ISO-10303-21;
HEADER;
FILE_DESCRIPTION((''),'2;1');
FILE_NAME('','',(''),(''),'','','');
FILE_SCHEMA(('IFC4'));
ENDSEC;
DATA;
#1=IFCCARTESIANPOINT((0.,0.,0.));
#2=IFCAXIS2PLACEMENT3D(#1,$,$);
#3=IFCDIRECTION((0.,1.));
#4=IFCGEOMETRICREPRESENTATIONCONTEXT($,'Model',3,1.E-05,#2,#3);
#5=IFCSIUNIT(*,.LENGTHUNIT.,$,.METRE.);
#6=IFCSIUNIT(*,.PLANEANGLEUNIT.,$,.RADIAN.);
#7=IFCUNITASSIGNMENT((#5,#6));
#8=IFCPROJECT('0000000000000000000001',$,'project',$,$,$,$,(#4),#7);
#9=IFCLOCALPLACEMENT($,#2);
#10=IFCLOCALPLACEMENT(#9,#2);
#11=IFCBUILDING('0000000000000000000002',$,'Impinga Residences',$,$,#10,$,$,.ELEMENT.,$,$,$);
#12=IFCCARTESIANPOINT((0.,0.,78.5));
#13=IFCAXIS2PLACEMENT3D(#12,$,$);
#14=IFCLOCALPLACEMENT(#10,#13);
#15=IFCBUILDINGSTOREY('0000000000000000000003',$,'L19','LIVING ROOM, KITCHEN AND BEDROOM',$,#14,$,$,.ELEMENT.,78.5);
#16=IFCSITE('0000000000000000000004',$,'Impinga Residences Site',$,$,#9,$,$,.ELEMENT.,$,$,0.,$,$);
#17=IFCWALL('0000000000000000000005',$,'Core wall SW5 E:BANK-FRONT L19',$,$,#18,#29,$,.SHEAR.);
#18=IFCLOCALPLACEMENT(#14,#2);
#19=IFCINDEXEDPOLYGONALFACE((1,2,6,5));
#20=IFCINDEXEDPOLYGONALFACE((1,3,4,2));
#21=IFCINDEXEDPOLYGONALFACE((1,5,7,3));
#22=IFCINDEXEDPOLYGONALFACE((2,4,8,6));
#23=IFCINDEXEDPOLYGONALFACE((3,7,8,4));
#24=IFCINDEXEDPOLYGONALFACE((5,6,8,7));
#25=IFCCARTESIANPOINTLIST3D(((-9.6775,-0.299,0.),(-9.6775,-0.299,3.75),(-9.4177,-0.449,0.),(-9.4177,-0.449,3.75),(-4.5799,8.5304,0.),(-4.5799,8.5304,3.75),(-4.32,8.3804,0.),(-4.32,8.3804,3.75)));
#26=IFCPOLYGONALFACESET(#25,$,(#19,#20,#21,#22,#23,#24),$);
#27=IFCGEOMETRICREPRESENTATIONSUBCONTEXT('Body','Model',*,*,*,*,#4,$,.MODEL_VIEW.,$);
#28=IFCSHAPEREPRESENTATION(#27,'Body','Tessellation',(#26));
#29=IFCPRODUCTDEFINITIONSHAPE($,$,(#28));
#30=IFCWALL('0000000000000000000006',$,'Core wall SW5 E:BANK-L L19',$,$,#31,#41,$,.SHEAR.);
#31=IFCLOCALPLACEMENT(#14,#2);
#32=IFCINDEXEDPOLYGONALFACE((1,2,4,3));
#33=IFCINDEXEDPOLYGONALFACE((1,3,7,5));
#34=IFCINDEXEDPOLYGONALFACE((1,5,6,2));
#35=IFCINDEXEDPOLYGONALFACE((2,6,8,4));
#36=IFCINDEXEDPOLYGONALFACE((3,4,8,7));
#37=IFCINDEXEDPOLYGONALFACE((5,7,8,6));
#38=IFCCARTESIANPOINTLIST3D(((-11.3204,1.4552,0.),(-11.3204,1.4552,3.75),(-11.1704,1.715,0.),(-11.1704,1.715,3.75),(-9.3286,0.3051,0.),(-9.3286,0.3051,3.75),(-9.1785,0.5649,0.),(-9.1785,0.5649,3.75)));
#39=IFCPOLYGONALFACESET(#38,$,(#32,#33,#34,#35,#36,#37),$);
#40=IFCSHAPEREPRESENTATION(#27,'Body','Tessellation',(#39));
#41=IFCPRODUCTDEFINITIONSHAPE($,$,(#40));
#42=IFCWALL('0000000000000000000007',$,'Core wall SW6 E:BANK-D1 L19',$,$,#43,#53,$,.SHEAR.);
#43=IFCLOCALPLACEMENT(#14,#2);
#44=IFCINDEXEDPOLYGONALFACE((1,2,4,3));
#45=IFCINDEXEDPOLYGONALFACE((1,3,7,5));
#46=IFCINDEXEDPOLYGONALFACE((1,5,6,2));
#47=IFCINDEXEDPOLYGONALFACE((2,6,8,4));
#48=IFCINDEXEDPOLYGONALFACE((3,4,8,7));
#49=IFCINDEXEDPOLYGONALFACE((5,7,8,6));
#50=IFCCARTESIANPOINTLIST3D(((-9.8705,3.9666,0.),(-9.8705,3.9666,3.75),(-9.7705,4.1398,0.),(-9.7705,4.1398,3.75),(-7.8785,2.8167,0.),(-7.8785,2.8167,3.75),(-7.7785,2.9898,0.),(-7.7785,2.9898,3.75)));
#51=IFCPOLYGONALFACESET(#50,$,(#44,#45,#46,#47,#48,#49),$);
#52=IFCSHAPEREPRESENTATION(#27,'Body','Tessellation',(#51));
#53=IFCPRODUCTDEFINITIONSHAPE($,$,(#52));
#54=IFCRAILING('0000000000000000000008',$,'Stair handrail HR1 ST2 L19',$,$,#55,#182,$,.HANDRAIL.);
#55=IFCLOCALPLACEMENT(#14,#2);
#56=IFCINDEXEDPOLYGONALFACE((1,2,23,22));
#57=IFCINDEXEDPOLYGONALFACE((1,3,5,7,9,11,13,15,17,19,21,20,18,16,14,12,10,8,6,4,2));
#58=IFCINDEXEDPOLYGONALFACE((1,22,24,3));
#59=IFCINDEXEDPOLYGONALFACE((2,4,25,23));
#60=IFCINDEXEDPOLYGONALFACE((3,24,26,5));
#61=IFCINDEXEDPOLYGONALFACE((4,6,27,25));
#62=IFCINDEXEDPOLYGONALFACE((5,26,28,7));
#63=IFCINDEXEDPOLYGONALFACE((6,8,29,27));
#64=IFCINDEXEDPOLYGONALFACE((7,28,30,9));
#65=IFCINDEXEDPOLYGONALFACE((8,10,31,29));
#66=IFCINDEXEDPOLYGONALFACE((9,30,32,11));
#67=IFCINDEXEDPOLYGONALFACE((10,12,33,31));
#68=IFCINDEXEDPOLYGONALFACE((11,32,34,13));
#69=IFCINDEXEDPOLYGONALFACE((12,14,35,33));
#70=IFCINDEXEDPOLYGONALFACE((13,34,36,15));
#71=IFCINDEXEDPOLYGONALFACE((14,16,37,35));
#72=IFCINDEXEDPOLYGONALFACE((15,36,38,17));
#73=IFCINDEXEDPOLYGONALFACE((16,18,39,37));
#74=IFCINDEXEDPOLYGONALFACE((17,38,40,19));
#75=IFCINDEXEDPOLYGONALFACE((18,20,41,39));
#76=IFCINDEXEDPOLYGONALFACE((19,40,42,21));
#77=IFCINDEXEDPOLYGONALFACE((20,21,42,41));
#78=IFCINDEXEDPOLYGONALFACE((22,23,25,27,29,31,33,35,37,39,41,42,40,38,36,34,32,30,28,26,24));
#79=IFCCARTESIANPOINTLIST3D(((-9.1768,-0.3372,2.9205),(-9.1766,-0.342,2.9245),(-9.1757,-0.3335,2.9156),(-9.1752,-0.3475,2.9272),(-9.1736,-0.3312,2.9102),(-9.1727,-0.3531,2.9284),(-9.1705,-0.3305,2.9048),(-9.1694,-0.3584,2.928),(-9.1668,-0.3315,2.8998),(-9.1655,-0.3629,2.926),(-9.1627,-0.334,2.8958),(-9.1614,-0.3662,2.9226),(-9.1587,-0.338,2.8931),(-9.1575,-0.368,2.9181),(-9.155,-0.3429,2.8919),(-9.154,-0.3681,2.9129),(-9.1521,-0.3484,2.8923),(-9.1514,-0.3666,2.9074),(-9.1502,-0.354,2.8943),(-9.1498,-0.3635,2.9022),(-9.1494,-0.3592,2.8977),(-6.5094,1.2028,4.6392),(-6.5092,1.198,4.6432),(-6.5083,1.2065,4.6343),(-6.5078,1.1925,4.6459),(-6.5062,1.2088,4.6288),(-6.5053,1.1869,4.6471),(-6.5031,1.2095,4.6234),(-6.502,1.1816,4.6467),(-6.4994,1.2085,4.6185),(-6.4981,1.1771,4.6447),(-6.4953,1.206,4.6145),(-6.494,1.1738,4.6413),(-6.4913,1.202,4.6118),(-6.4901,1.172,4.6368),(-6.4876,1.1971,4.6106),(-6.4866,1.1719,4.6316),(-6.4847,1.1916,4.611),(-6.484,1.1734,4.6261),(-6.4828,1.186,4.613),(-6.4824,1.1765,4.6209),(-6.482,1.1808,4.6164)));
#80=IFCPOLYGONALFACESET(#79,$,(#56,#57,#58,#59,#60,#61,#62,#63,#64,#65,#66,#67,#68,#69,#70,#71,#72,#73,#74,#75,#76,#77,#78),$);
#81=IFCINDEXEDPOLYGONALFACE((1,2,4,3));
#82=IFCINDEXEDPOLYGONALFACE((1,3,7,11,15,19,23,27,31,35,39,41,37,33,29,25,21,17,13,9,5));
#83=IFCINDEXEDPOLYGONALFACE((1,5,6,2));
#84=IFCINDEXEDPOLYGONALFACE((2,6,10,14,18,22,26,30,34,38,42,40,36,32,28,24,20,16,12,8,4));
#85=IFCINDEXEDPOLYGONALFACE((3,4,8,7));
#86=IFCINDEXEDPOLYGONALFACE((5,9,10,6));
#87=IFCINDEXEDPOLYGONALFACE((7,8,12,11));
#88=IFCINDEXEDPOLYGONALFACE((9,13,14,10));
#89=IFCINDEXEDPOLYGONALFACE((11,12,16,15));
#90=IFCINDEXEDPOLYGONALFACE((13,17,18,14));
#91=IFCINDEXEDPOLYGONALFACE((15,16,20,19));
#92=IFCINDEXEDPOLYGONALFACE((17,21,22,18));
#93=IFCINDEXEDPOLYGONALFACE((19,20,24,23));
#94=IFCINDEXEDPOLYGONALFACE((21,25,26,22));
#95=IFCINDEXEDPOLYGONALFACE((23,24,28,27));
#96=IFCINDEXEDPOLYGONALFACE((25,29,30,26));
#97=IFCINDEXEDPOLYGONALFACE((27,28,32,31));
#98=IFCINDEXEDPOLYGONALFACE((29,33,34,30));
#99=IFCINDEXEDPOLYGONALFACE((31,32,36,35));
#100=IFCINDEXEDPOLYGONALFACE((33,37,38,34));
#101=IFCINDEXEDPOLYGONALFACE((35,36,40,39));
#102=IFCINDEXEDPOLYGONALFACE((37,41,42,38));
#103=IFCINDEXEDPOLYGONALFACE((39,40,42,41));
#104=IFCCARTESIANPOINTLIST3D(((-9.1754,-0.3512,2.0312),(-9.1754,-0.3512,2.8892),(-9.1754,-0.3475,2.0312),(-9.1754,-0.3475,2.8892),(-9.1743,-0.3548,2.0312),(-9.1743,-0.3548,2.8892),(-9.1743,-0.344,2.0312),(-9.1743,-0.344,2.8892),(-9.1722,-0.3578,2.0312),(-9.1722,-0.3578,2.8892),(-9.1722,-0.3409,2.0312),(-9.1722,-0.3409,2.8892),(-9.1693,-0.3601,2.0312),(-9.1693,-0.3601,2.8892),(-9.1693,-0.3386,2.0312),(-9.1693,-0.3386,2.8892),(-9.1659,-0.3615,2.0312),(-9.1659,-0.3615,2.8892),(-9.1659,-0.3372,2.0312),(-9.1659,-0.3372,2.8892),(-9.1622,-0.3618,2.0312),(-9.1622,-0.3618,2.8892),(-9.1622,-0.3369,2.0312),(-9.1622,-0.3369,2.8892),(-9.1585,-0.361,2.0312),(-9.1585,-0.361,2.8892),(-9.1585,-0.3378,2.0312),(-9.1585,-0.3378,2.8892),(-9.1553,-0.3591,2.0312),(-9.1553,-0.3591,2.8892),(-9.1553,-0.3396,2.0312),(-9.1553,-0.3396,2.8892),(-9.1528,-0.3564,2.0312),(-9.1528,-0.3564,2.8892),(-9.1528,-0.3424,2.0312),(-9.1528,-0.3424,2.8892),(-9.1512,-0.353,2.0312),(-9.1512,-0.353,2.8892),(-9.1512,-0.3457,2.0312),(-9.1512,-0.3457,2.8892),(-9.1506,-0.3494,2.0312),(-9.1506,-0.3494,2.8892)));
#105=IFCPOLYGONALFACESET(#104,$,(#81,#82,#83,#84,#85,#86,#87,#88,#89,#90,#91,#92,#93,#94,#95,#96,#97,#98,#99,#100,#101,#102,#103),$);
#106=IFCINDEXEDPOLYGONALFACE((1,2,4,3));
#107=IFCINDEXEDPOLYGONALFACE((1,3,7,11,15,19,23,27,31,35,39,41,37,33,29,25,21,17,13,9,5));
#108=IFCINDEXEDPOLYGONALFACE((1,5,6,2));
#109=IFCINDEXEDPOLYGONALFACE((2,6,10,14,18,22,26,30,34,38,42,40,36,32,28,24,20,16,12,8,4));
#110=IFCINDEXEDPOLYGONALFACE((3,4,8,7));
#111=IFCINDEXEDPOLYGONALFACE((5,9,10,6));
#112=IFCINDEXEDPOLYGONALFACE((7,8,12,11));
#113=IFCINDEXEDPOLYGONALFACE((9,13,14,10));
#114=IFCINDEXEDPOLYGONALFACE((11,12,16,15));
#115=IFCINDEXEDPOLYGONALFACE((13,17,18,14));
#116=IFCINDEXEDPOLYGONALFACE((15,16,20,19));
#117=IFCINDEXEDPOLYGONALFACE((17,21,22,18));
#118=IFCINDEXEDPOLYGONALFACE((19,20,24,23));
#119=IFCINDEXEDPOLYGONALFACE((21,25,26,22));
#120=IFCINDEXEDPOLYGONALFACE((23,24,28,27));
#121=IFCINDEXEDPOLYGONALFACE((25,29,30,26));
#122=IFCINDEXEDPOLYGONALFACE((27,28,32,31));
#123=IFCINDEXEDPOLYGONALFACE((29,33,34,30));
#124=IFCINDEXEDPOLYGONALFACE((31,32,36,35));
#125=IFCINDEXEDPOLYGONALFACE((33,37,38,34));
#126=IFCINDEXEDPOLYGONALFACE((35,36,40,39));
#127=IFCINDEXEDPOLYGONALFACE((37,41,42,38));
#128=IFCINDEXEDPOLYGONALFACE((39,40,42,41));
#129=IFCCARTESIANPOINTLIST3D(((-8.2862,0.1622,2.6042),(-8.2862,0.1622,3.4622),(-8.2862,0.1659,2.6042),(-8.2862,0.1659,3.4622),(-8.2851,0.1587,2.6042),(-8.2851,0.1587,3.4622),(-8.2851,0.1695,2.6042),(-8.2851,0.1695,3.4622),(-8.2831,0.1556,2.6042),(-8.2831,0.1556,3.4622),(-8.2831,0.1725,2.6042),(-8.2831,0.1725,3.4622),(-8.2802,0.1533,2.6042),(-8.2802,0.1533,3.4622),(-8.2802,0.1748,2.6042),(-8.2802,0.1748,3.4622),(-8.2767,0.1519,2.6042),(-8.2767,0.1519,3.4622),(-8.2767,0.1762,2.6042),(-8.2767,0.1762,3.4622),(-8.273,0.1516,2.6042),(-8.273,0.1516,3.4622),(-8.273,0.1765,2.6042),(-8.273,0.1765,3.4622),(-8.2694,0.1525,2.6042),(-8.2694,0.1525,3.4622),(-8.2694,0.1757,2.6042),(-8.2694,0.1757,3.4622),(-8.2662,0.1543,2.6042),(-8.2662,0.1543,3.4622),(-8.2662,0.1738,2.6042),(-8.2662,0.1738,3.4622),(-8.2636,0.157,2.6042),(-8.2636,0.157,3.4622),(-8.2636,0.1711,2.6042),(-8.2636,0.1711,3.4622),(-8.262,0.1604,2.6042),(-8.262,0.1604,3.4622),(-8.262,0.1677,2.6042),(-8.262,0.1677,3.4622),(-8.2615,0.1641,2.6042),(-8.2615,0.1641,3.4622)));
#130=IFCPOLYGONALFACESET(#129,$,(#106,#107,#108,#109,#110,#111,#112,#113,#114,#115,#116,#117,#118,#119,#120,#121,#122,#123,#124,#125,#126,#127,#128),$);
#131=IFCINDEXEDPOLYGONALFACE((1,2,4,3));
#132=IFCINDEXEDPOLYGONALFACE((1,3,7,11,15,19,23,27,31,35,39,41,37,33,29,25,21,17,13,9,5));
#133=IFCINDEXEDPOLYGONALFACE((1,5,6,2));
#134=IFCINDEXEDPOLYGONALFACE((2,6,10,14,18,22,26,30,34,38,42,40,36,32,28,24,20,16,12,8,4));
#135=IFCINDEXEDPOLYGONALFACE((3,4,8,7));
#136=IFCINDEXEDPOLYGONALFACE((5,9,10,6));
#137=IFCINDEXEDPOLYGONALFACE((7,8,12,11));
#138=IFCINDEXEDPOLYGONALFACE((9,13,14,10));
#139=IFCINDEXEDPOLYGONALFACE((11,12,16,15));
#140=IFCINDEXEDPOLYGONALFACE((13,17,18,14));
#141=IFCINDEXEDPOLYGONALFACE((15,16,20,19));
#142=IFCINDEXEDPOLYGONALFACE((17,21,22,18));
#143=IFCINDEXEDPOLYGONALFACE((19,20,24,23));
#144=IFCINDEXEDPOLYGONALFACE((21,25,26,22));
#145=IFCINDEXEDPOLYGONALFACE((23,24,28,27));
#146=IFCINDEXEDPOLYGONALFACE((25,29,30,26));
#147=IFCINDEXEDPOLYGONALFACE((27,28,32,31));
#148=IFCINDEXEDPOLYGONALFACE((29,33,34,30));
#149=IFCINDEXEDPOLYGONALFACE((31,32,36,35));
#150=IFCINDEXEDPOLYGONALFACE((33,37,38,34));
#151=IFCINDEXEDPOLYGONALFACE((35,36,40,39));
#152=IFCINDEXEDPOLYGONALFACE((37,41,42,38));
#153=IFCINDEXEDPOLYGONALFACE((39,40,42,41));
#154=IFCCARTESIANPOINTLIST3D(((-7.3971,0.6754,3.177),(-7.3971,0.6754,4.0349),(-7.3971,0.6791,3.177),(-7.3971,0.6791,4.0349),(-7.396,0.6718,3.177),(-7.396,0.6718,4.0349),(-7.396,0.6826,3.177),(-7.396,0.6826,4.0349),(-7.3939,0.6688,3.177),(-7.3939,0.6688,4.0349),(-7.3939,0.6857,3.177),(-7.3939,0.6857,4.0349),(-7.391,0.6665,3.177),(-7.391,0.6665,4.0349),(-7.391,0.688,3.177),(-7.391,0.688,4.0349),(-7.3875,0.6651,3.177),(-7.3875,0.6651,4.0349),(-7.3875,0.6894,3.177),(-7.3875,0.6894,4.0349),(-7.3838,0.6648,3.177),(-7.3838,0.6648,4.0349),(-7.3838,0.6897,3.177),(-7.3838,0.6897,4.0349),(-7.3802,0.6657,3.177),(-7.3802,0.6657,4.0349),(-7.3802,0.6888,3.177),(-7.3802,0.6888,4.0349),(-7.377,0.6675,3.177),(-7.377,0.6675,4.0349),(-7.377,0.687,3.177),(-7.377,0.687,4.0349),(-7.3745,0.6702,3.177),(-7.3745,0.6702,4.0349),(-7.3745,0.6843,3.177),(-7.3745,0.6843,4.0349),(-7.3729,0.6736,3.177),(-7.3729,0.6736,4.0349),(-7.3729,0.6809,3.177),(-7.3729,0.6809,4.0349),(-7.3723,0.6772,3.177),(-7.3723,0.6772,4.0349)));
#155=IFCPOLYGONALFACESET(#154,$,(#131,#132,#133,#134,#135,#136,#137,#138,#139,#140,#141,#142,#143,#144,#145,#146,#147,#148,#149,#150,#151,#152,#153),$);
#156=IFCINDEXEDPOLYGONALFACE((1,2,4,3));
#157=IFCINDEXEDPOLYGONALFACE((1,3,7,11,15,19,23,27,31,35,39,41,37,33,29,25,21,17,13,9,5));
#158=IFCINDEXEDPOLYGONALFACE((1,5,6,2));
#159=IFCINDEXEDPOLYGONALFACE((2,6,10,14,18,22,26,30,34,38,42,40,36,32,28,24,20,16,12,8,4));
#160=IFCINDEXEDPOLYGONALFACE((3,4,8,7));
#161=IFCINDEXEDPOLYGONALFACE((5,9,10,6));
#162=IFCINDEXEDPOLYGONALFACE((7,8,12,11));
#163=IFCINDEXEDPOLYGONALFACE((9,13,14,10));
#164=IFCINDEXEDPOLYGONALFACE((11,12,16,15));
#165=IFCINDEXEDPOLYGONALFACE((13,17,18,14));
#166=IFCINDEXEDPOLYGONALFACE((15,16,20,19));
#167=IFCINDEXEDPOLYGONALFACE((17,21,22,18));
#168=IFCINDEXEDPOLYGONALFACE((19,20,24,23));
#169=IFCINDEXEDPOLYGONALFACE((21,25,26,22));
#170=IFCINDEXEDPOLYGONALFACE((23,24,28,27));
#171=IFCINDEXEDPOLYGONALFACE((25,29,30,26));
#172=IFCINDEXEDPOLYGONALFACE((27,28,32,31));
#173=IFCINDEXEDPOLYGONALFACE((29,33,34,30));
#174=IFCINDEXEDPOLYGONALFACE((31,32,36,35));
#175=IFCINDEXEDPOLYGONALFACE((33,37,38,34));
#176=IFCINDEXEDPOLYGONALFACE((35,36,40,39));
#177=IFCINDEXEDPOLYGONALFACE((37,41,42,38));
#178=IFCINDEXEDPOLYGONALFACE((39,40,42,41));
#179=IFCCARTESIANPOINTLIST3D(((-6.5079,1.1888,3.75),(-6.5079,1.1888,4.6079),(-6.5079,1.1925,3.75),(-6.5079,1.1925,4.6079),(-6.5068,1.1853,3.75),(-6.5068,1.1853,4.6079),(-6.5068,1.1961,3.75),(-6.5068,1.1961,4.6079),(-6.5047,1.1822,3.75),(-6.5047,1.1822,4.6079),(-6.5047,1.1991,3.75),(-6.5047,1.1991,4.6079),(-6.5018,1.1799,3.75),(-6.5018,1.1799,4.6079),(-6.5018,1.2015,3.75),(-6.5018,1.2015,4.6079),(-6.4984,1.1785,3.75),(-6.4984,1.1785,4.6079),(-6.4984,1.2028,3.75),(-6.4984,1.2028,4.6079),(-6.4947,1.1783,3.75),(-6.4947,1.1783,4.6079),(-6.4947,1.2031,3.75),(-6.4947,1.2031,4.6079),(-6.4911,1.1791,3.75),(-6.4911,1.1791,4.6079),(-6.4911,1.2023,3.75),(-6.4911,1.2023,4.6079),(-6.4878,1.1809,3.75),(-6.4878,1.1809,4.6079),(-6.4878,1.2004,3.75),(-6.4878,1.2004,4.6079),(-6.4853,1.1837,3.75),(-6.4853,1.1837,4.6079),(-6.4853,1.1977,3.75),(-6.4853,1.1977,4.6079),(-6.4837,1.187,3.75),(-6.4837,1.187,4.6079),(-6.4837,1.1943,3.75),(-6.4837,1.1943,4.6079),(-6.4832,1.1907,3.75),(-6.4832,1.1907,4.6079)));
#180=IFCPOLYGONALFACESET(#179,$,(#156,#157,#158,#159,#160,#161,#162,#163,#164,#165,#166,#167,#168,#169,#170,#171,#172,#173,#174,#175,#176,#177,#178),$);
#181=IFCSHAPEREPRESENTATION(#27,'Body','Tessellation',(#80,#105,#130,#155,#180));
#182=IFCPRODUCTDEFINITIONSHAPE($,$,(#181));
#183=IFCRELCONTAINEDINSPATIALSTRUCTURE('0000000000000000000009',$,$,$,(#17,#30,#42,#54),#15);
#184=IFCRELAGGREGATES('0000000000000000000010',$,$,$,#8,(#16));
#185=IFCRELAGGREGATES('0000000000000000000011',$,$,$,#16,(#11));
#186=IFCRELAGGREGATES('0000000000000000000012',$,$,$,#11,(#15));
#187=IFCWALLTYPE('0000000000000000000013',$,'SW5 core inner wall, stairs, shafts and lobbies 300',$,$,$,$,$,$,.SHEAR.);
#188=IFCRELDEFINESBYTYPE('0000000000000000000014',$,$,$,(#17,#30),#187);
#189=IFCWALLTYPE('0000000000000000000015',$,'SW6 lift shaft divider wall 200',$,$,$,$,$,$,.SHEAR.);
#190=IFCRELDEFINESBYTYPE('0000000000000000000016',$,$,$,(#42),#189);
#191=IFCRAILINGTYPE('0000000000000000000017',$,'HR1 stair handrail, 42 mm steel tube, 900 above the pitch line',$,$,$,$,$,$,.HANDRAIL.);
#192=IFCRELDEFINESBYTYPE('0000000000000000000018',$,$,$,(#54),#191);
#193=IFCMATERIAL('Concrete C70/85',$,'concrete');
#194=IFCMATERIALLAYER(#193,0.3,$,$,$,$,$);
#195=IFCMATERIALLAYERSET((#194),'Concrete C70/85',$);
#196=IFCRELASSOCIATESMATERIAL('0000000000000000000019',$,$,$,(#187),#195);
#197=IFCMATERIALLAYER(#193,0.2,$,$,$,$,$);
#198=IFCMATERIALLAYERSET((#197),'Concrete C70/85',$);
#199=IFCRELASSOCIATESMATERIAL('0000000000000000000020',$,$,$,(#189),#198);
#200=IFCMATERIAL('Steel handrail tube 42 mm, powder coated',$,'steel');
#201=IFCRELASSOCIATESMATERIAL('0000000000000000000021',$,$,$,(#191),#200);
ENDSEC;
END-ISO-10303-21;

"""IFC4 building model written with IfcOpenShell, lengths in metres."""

from ifc_helpers import new_model, si_unit, direction, frame, frame_2d, origin, origin_2d, place, context, subcontext, project, spatial, rectangle, circle, extrude, material, layer, layer_set, type_object, element, save


model = new_model("IFC4")

# Units and contexts
model_context = context("Model", 3, precision=1e-05, world=origin(), true_north=direction((0.0, 1.0)))
body_context = subcontext(model_context, "Body", "Model", "MODEL_VIEW")
ifc_project = project(units=[si_unit("LENGTHUNIT", "METRE"), si_unit("PLANEANGLEUNIT", "RADIAN")], contexts=[model_context])

# Site, building, storey
site_placement = place(None, origin())
site = spatial("IfcSite", under=ifc_project, at=site_placement, Name="Impinga Residences Site", CompositionType="ELEMENT", RefElevation=0.0)
building_placement = place(site_placement, origin())
building = spatial("IfcBuilding", under=site, at=building_placement, Name="Impinga Residences", CompositionType="ELEMENT")
storey_placement = place(building_placement, frame((0.0, 0.0, 78.5)))
storey = spatial("IfcBuildingStorey", under=building, at=storey_placement, Name="L19", Description="LIVING ROOM, KITCHEN AND BEDROOM", CompositionType="ELEMENT", Elevation=78.5)

# Walls
ifc_material_1 = material(Name="Concrete C70/85", Category="concrete")
ifc_layer_1 = layer(ifc_material_1, 0.3)
ifc_layer_set_1 = layer_set([ifc_layer_1], Name="Concrete C70/85")
wall_type_1 = type_object("IfcWallType", Name="SW5 core inner wall, stairs, shafts and lobbies 300", PredefinedType="SHEAR", material=ifc_layer_set_1)
wall_1_placement = place(storey_placement, frame((-9.5476, -0.374, 0.0), z_axis=(0.0, 0.0, 1.0), x_axis=(0.500002, 0.866024, 0.0)))
element("IfcWall", 1, at=wall_1_placement, inside=storey, type_object=wall_type_1, Name="Core wall SW5 E:BANK-FRONT L19", PredefinedType="SHEAR", context=body_context, shape_type="SweptSolid", body=[
    extrude(rectangle(XDim=10.1953, YDim=0.3, at=frame_2d((5.0977, 0.0))), origin(), (0.0, 0.0, 1.0), 3.75),
])
wall_2_placement = place(storey_placement, frame((-9.2537, 0.4351, 0.0), z_axis=(0.0, 0.0, 1.0), x_axis=(-0.866007, 0.500032, 0.0)))
element("IfcWall", 2, at=wall_2_placement, inside=storey, type_object=wall_type_1, Name="Core wall SW5 E:BANK-L L19", PredefinedType="SHEAR", context=body_context, shape_type="SweptSolid", body=[
    extrude(rectangle(XDim=2.3, YDim=0.3, at=frame_2d((1.1499, 0.0))), origin(), (0.0, 0.0, 1.0), 3.75),
])
ifc_layer_2 = layer(ifc_material_1, 0.2)
ifc_layer_set_2 = layer_set([ifc_layer_2], Name="Concrete C70/85")
wall_type_2 = type_object("IfcWallType", Name="SW6 lift shaft divider wall 200", PredefinedType="SHEAR", material=ifc_layer_set_2)
wall_3_placement = place(storey_placement, frame((-7.8286, 2.9033, 0.0), z_axis=(0.0, 0.0, 1.0), x_axis=(-0.866053, 0.499952, 0.0)))
element("IfcWall", 3, at=wall_3_placement, inside=storey, type_object=wall_type_2, Name="Core wall SW6 E:BANK-D1 L19", PredefinedType="SHEAR", context=body_context, shape_type="SweptSolid", body=[
    extrude(rectangle(XDim=2.3, YDim=0.2, at=frame_2d((1.1499, 0.0))), origin(), (0.0, 0.0, 1.0), 3.75),
])

# Railing
ifc_material_2 = material(Name="Steel handrail tube 42 mm, powder coated", Category="steel")
railing_type = type_object("IfcRailingType", Name="HR1 stair handrail, 42 mm steel tube, 900 above the pitch line", PredefinedType="HANDRAIL", material=ifc_material_2)
railing_placement = place(storey_placement, frame((-9.1631, -0.3494, 2.0312)))
element("IfcRailing", 4, at=railing_placement, inside=storey, type_object=railing_type, Name="Stair handrail HR1 ST2 L19", PredefinedType="HANDRAIL", context=body_context, shape_type="SweptSolid", body=[
    extrude(circle(Radius=0.021, at=origin_2d()), frame((0.0, 0.0, 0.8789), z_axis=(0.756256, 0.436616, 0.487282), x_axis=(-0.499992, 0.86603, 0.0)), (0.0, 0.0, 1.0), 3.5271),
    extrude(circle(Radius=0.0125, at=origin_2d()), origin(), (0.0, 0.0, 1.0), 0.8579),
    extrude(circle(Radius=0.0125, at=origin_2d()), frame((0.8892, 0.5134, 0.573)), (0.0, 0.0, 1.0), 0.8579),
    extrude(circle(Radius=0.0125, at=origin_2d()), frame((1.7783, 1.0266, 1.1458)), (0.0, 0.0, 1.0), 0.8579),
    extrude(circle(Radius=0.0125, at=origin_2d()), frame((2.6675, 1.54, 1.7188)), (0.0, 0.0, 1.0), 0.8579),
])

save(model, "model.ifc")
